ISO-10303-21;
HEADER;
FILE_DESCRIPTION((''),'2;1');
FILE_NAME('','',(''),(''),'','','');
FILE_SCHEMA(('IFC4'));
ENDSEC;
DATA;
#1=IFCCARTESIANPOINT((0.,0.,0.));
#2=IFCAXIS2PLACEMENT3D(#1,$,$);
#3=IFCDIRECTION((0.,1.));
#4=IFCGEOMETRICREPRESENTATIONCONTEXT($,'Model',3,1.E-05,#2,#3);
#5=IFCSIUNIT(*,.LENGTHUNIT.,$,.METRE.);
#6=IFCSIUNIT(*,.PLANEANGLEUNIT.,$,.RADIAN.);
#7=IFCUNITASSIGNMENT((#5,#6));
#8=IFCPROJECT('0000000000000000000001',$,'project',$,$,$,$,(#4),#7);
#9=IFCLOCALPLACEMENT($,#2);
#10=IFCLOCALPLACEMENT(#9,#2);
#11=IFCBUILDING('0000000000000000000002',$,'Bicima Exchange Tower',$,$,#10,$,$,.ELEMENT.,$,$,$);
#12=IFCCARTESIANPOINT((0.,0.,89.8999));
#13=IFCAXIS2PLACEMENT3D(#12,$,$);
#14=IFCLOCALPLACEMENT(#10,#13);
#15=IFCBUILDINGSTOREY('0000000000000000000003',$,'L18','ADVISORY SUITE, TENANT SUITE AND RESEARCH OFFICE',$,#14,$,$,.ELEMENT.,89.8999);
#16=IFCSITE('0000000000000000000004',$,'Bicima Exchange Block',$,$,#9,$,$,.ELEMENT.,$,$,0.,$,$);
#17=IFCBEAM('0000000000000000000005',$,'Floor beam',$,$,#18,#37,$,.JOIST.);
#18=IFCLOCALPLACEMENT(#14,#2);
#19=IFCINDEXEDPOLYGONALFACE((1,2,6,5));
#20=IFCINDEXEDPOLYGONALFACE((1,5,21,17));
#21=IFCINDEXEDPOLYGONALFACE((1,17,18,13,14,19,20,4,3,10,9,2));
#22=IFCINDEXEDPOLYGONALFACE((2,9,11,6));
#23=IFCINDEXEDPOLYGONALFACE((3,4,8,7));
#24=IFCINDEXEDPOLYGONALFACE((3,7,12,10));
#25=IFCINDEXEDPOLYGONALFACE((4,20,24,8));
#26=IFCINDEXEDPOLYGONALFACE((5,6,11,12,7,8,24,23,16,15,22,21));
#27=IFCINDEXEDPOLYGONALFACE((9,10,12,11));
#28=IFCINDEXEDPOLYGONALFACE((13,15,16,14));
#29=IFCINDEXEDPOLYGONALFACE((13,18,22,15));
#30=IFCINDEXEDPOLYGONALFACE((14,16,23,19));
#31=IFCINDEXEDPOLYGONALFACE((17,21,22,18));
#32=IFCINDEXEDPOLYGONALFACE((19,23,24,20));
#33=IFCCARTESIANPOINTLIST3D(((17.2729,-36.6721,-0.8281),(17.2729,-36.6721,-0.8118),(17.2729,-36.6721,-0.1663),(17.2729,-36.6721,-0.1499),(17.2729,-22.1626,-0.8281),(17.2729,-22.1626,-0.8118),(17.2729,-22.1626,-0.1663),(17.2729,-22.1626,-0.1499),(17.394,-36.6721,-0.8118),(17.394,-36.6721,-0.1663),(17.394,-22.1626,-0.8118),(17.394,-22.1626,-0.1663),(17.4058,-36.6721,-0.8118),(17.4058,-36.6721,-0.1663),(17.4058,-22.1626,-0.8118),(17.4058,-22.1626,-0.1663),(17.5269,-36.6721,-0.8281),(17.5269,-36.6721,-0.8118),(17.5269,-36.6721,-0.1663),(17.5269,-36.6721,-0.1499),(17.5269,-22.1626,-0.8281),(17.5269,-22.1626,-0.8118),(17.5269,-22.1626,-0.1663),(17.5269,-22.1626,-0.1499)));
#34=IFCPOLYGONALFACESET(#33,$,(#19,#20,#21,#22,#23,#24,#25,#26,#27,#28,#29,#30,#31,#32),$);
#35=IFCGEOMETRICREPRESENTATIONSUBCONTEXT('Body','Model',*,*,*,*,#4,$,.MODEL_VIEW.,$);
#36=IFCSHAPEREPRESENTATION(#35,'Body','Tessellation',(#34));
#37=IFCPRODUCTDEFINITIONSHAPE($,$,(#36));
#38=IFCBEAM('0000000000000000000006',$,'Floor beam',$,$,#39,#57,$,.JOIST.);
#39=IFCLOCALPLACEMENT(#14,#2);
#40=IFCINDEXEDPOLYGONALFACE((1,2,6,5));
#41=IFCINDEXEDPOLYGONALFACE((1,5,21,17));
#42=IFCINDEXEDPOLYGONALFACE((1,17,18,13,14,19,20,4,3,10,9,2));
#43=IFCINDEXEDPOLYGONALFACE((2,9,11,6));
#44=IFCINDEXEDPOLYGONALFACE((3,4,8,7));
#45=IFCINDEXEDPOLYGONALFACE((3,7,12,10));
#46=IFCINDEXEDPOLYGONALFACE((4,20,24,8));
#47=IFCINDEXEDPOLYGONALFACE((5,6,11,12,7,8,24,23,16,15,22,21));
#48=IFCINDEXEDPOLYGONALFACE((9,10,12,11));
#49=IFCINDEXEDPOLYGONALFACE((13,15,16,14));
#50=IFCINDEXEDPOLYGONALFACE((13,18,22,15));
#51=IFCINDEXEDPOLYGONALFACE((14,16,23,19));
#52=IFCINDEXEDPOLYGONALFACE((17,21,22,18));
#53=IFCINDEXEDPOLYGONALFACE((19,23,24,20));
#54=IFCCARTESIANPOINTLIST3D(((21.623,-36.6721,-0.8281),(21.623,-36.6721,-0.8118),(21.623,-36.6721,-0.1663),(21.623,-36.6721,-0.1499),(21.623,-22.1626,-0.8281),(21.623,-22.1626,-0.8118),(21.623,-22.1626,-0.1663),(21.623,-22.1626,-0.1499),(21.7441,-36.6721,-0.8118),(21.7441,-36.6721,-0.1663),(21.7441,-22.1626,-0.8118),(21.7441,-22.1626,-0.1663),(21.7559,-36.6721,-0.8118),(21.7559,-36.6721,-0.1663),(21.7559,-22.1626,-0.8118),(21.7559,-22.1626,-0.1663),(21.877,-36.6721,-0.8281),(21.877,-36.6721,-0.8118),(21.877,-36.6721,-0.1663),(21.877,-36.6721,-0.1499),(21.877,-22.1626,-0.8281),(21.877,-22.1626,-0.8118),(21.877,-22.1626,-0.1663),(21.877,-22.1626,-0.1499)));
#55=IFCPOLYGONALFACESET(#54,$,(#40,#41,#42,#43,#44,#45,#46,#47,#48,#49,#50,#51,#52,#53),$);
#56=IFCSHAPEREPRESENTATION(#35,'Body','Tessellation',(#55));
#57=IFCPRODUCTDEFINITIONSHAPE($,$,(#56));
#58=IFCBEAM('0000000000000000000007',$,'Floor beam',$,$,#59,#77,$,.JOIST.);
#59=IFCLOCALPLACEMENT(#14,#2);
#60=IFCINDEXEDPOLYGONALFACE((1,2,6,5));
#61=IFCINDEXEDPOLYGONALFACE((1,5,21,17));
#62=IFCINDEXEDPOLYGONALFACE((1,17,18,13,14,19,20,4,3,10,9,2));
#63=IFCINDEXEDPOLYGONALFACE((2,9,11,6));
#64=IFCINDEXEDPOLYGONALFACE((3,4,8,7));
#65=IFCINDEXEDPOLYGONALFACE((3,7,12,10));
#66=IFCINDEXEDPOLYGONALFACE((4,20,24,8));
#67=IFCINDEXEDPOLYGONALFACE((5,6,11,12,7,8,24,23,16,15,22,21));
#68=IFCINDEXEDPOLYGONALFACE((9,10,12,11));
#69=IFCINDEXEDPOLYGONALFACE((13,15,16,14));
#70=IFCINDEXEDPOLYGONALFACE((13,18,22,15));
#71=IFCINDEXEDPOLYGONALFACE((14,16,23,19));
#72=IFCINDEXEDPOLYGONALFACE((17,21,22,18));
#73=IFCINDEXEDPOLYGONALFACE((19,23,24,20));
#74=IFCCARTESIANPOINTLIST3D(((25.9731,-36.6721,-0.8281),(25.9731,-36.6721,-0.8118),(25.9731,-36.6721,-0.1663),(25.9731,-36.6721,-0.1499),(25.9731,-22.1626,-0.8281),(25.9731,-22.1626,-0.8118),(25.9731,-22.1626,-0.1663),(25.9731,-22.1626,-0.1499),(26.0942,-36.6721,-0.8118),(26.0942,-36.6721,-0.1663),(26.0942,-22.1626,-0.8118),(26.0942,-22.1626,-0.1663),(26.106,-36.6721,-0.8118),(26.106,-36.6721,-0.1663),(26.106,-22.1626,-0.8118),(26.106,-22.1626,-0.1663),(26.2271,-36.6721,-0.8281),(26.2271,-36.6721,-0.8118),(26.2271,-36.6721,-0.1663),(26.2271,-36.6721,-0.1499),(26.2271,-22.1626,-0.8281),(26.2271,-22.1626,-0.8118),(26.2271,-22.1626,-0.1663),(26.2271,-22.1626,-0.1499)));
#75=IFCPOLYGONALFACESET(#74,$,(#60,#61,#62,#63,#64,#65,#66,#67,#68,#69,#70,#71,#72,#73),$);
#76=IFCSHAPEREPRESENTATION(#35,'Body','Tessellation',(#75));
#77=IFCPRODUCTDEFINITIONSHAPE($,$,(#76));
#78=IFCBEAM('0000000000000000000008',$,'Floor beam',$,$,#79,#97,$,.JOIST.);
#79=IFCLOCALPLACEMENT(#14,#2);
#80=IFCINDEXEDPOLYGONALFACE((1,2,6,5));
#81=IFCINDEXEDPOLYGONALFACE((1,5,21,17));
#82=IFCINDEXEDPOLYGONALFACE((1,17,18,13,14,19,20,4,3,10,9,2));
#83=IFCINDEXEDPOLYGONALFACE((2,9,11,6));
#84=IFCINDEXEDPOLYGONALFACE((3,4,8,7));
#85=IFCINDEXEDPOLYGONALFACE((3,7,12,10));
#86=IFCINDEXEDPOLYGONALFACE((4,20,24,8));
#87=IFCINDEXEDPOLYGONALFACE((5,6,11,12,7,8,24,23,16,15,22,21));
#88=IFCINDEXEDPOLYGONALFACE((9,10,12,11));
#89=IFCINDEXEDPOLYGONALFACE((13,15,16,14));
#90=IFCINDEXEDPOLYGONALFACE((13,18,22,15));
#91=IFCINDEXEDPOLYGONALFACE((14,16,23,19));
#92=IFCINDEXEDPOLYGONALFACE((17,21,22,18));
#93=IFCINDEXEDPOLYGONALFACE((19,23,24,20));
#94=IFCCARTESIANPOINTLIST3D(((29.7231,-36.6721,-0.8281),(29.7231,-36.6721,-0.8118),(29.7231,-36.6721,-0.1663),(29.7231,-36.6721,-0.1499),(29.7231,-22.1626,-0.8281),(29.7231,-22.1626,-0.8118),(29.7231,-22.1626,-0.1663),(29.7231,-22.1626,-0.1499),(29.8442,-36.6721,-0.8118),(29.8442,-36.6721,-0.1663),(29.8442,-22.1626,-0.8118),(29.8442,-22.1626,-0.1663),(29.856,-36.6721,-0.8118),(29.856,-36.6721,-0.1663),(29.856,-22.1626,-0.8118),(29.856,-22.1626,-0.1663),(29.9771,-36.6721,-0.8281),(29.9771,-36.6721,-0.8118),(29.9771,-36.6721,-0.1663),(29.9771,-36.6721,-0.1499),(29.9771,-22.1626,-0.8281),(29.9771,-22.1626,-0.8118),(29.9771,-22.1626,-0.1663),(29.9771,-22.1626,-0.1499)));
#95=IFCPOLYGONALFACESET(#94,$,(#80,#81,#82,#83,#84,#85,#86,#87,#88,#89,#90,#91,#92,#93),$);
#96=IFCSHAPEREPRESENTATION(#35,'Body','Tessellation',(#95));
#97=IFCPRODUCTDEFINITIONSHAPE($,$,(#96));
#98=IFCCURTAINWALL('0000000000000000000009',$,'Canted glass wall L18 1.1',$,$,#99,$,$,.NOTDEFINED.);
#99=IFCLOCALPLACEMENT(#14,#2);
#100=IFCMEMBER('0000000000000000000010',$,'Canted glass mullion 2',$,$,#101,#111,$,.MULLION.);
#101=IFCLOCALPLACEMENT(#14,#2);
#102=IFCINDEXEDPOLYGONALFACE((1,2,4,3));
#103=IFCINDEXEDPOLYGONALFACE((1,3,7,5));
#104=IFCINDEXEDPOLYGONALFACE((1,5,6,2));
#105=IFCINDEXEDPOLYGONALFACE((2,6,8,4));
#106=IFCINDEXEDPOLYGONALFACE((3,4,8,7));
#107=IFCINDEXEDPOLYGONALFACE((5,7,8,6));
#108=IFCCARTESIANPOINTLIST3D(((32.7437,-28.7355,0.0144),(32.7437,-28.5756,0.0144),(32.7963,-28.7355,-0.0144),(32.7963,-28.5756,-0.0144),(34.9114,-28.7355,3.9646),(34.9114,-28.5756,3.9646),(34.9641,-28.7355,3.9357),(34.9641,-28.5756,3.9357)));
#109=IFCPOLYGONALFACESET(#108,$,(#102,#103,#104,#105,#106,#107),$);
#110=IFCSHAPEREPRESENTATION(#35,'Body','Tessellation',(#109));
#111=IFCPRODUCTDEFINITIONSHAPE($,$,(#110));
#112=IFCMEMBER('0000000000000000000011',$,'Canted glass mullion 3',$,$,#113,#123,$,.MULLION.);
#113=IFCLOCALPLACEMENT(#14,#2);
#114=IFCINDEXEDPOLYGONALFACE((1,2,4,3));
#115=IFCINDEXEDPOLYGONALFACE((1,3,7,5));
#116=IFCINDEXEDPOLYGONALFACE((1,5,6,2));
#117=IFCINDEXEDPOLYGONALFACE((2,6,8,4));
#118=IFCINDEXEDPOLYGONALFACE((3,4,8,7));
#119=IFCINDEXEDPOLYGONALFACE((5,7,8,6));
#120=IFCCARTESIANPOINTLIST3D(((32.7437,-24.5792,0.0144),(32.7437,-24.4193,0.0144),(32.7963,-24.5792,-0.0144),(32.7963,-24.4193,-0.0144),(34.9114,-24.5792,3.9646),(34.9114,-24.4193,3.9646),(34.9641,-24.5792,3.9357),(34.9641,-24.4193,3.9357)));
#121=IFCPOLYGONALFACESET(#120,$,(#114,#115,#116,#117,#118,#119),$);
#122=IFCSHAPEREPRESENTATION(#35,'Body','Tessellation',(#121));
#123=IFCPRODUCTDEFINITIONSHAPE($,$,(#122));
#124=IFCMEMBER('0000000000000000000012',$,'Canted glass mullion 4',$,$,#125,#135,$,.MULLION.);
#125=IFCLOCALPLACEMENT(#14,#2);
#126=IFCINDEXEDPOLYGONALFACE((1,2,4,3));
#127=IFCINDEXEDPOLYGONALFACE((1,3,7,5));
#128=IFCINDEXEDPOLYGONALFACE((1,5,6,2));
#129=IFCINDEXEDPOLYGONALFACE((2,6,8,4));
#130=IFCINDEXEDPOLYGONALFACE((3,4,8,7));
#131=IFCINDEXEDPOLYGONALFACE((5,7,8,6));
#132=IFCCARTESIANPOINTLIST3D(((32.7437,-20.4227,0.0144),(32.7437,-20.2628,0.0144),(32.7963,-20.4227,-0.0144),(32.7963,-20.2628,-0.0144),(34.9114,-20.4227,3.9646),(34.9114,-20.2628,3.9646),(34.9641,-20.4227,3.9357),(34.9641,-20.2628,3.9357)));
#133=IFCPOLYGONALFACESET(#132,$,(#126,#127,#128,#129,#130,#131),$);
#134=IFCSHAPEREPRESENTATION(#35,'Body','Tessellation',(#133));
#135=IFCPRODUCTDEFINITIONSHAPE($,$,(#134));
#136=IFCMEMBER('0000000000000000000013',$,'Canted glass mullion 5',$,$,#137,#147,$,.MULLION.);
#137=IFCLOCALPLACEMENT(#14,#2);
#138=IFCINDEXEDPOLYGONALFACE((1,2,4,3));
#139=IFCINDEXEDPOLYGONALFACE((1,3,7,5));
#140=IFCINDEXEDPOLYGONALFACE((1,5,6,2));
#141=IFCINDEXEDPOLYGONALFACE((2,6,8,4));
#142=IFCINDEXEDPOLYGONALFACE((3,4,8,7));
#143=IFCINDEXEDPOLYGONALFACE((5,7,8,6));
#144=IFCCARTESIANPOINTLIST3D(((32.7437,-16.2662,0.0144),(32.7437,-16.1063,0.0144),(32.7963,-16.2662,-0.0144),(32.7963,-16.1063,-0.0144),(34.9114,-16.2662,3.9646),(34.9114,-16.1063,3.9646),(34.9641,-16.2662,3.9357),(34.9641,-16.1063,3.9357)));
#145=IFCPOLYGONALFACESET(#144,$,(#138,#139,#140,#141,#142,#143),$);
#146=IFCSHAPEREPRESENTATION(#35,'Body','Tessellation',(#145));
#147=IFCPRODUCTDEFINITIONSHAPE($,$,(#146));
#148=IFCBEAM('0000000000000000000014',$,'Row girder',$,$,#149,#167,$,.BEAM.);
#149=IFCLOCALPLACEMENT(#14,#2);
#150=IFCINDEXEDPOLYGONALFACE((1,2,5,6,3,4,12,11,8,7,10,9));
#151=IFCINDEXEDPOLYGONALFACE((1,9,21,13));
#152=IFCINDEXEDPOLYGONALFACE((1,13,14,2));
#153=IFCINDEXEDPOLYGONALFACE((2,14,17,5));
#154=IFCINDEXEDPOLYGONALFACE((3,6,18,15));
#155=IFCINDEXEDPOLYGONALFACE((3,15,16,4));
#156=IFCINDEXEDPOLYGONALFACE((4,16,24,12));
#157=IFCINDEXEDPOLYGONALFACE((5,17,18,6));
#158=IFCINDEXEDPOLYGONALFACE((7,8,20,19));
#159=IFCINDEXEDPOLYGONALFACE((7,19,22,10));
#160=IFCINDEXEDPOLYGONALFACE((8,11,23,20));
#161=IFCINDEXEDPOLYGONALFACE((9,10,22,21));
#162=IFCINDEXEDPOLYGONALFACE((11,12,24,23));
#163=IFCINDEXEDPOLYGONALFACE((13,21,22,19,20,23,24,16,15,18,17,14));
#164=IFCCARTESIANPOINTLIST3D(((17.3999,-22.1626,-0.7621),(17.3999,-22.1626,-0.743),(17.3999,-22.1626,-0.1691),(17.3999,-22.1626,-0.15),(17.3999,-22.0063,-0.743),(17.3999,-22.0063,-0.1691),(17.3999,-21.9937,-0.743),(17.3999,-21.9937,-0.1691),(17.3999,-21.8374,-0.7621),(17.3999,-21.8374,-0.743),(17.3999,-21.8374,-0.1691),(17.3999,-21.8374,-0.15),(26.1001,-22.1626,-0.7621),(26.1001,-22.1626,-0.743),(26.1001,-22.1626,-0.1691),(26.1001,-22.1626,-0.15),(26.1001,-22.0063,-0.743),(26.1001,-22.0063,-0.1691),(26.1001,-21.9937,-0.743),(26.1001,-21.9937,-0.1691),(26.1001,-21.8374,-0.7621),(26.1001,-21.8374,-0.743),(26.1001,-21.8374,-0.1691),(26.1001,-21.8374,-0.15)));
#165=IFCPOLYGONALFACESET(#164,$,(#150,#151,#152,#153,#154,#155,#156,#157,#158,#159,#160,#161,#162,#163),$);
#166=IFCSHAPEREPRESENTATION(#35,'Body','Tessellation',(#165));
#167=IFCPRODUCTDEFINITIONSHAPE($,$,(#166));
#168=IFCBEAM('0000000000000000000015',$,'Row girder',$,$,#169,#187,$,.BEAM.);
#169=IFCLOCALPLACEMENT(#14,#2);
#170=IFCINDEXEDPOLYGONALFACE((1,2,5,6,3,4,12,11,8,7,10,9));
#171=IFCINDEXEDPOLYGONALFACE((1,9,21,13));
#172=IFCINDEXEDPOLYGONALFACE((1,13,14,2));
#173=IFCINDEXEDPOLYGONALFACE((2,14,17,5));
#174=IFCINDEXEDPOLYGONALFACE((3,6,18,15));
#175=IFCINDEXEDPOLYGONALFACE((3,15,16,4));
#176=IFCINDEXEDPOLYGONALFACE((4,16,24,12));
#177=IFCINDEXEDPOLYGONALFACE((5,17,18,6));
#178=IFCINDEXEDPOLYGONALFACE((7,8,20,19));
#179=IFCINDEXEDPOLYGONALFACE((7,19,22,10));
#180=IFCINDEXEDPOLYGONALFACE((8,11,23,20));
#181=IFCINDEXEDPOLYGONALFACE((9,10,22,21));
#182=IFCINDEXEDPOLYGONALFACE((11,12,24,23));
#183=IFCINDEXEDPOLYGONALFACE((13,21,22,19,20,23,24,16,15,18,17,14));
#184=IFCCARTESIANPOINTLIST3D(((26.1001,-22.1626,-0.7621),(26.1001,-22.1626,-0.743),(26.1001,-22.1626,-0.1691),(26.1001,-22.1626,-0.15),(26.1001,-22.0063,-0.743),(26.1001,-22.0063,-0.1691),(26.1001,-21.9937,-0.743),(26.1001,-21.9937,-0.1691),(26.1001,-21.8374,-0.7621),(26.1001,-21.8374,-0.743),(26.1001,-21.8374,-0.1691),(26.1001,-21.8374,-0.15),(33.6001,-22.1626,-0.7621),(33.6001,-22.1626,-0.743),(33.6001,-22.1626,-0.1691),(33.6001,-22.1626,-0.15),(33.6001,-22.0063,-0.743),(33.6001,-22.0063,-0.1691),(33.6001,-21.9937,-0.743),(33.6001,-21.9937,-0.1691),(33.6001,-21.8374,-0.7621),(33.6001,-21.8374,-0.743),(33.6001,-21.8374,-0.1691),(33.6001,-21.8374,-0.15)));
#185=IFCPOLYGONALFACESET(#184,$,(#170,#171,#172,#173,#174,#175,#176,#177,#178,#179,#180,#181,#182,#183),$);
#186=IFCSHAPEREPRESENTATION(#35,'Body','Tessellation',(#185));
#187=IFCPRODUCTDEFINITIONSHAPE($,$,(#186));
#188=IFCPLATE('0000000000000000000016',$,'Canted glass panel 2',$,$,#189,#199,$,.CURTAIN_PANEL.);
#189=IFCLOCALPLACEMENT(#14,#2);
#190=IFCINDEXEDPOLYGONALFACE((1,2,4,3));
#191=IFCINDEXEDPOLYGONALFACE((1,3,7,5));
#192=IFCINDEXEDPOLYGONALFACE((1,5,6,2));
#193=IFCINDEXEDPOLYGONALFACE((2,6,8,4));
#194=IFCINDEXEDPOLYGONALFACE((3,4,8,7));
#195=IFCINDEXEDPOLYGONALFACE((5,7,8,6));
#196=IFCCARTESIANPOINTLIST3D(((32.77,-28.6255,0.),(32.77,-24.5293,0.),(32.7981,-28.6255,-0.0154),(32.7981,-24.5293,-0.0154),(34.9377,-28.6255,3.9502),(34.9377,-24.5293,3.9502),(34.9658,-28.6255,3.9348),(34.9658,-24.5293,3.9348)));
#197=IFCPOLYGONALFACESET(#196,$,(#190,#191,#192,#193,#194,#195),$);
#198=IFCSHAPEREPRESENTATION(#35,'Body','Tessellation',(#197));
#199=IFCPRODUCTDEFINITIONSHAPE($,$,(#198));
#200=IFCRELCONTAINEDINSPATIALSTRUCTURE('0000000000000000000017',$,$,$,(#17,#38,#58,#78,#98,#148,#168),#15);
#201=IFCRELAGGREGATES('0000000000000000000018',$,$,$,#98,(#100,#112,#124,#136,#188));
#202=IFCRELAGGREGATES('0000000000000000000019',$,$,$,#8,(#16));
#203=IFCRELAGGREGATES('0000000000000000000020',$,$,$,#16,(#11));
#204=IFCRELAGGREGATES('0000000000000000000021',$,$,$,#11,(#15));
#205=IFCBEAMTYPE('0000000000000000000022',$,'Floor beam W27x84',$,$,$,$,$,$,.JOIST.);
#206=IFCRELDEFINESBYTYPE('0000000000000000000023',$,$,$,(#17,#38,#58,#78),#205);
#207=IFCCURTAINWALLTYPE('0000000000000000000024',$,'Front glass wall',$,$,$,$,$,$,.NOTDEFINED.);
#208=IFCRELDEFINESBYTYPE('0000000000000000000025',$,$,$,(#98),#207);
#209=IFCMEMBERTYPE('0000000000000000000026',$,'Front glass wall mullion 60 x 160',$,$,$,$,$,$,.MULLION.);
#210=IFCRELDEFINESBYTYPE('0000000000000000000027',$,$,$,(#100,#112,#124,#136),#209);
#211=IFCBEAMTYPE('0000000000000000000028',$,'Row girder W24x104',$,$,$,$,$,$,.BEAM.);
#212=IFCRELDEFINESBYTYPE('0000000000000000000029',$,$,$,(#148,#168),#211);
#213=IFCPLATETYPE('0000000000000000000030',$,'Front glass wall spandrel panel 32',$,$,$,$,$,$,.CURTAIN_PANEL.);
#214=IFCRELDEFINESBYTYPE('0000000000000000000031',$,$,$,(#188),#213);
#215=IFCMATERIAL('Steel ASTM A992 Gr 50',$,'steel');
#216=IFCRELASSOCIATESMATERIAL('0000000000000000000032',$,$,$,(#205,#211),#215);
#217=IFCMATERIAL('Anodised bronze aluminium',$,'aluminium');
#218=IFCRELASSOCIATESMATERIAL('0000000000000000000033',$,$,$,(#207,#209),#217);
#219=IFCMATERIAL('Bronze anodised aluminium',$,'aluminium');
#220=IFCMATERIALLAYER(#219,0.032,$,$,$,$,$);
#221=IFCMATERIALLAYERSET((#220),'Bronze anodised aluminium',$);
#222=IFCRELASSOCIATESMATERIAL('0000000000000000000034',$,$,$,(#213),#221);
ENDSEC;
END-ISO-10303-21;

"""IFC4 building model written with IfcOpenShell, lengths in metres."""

from ifc_helpers import new_model, si_unit, direction, frame, origin, origin_2d, place, context, subcontext, project, spatial, polyline, rectangle, i_section, outline, extrude, material, layer, layer_set, material_profile, profile_set, type_object, element, aggregate, save


model = new_model("IFC4")

# Units and contexts
model_context = context("Model", 3, precision=1e-05, world=origin(), true_north=direction((0.0, 1.0)))
body_context = subcontext(model_context, "Body", "Model", "MODEL_VIEW")
ifc_project = project(units=[si_unit("LENGTHUNIT", "METRE"), si_unit("PLANEANGLEUNIT", "RADIAN")], contexts=[model_context])

# Site, building, storey
site_placement = place(None, origin())
site = spatial("IfcSite", under=ifc_project, at=site_placement, Name="Bicima Exchange Block", CompositionType="ELEMENT", RefElevation=0.0)
building_placement = place(site_placement, origin())
building = spatial("IfcBuilding", under=site, at=building_placement, Name="Bicima Exchange Tower", CompositionType="ELEMENT")
storey_placement = place(building_placement, frame((0.0, 0.0, 89.8999)))
storey = spatial("IfcBuildingStorey", under=building, at=storey_placement, Name="L18", Description="ADVISORY SUITE, TENANT SUITE AND RESEARCH OFFICE", CompositionType="ELEMENT", Elevation=89.8999)

# Shared definitions
ifc_material_1 = material(Name="Steel ASTM A992 Gr 50", Category="steel")

# Beams
ifc_material_profile_1 = material_profile(ifc_material_1, i_section(OverallWidth=0.2539, OverallDepth=0.6782, WebThickness=0.0117, FlangeThickness=0.0164, at=origin_2d()))
ifc_profile_set_1 = profile_set([ifc_material_profile_1], Name="Steel ASTM A992 Gr 50")
beam_type_1 = type_object("IfcBeamType", Name="Floor beam W27x84", PredefinedType="JOIST", material=ifc_profile_set_1)
for number, where, z_axis, x_axis, name in (
    (1, (17.3999, -22.1626, -0.489), (0.0, -1.0, 0.0), (1.0, 0.0, 0.0), "Floor beam"),
    (2, (21.75, -22.1626, -0.489), (0.0, -1.0, 0.0), (1.0, 0.0, 0.0), "Floor beam"),
    (3, (26.1001, -22.1626, -0.489), (0.0, -1.0, 0.0), (1.0, 0.0, 0.0), "Floor beam"),
    (4, (29.8501, -22.1626, -0.489), (0.0, -1.0, 0.0), (1.0, 0.0, 0.0), "Floor beam"),
):
    element("IfcBeam", number, at=place(storey_placement, frame(where, z_axis=z_axis, x_axis=x_axis)), inside=storey, type_object=beam_type_1, Name=name, PredefinedType="JOIST", context=body_context, shape_type="SweptSolid", body=[
        extrude(i_section(OverallWidth=0.2539, OverallDepth=0.6782, WebThickness=0.0117, FlangeThickness=0.0164, at=origin_2d()), origin(), (0.0, 0.0, 1.0), 14.5095),
    ])

# Curtain wall, members
ifc_material_2 = material(Name="Anodised bronze aluminium", Category="aluminium")
curtain_wall_type = type_object("IfcCurtainWallType", Name="Front glass wall", PredefinedType="NOTDEFINED", material=ifc_material_2)
curtain_wall_placement = place(storey_placement, origin())
curtain_wall = element("IfcCurtainWall", 5, at=curtain_wall_placement, inside=storey, type_object=curtain_wall_type, Name="Canted glass wall L18 1.1", PredefinedType="NOTDEFINED")
ifc_material_profile_2 = material_profile(ifc_material_2, rectangle(XDim=0.1599, YDim=0.0601, at=origin_2d()))
ifc_profile_set_2 = profile_set([ifc_material_profile_2], Name="Anodised bronze aluminium")
member_type = type_object("IfcMemberType", Name="Front glass wall mullion 60 x 160", PredefinedType="MULLION", material=ifc_profile_set_2)
member_1_placement = place(storey_placement, frame((32.77, -28.6555, 0.0), z_axis=(0.481087, 0.0, 0.876673), x_axis=(0.0, -1.0, 0.0)))
member_1 = element("IfcMember", 6, at=member_1_placement, type_object=member_type, Name="Canted glass mullion 2", PredefinedType="MULLION", context=body_context, shape_type="SweptSolid", body=[
    extrude(rectangle(XDim=0.1599, YDim=0.0601, at=origin_2d()), origin(), (0.0, 0.0, 1.0), 4.5059),
])
member_2_placement = place(storey_placement, frame((32.77, -24.4993, 0.0), z_axis=(0.481087, 0.0, 0.876673), x_axis=(0.0, -1.0, 0.0)))
member_2 = element("IfcMember", 7, at=member_2_placement, type_object=member_type, Name="Canted glass mullion 3", PredefinedType="MULLION", context=body_context, shape_type="SweptSolid", body=[
    extrude(rectangle(XDim=0.1599, YDim=0.0601, at=origin_2d()), origin(), (0.0, 0.0, 1.0), 4.5059),
])
member_3_placement = place(storey_placement, frame((32.77, -20.3428, 0.0), z_axis=(0.481087, 0.0, 0.876673), x_axis=(0.0, -1.0, 0.0)))
member_3 = element("IfcMember", 8, at=member_3_placement, type_object=member_type, Name="Canted glass mullion 4", PredefinedType="MULLION", context=body_context, shape_type="SweptSolid", body=[
    extrude(rectangle(XDim=0.1599, YDim=0.0601, at=origin_2d()), origin(), (0.0, 0.0, 1.0), 4.5059),
])
member_4_placement = place(storey_placement, frame((32.77, -16.1863, 0.0), z_axis=(0.481087, 0.0, 0.876673), x_axis=(0.0, -1.0, 0.0)))
member_4 = element("IfcMember", 9, at=member_4_placement, type_object=member_type, Name="Canted glass mullion 5", PredefinedType="MULLION", context=body_context, shape_type="SweptSolid", body=[
    extrude(rectangle(XDim=0.1599, YDim=0.0601, at=origin_2d()), origin(), (0.0, 0.0, 1.0), 4.5059),
])

# Beams
ifc_material_profile_3 = material_profile(ifc_material_1, i_section(OverallWidth=0.3252, OverallDepth=0.6121, WebThickness=0.0127, FlangeThickness=0.019, at=origin_2d()))
ifc_profile_set_3 = profile_set([ifc_material_profile_3], Name="Steel ASTM A992 Gr 50")
beam_type_2 = type_object("IfcBeamType", Name="Row girder W24x104", PredefinedType="BEAM", material=ifc_profile_set_3)
beam_1_placement = place(storey_placement, frame((17.3999, -22.0, -0.4561), z_axis=(1.0, 0.0, 0.0), x_axis=(0.0, 1.0, 0.0)))
element("IfcBeam", 10, at=beam_1_placement, inside=storey, type_object=beam_type_2, Name="Row girder", PredefinedType="BEAM", context=body_context, shape_type="SweptSolid", body=[
    extrude(i_section(OverallWidth=0.3252, OverallDepth=0.6121, WebThickness=0.0127, FlangeThickness=0.019, at=origin_2d()), origin(), (0.0, 0.0, 1.0), 8.7002),
])
beam_2_placement = place(storey_placement, frame((26.1001, -22.0, -0.4561), z_axis=(1.0, 0.0, 0.0), x_axis=(0.0, 1.0, 0.0)))
element("IfcBeam", 11, at=beam_2_placement, inside=storey, type_object=beam_type_2, Name="Row girder", PredefinedType="BEAM", context=body_context, shape_type="SweptSolid", body=[
    extrude(i_section(OverallWidth=0.3252, OverallDepth=0.6121, WebThickness=0.0127, FlangeThickness=0.019, at=origin_2d()), origin(), (0.0, 0.0, 1.0), 7.5),
])

# Plate
ifc_material_3 = material(Name="Bronze anodised aluminium", Category="aluminium")
ifc_layer_1 = layer(ifc_material_3, 0.032)
ifc_layer_set_1 = layer_set([ifc_layer_1], Name="Bronze anodised aluminium")
plate_type = type_object("IfcPlateType", Name="Front glass wall spandrel panel 32", PredefinedType="CURTAIN_PANEL", material=ifc_layer_set_1)
plate_1_placement = place(storey_placement, frame((32.77, -28.6255, 0.0), z_axis=(-0.876673, 0.0, 0.481087), x_axis=(0.0, 1.0, 0.0)))
plate_1 = element("IfcPlate", 12, at=plate_1_placement, type_object=plate_type, Name="Canted glass panel 2", PredefinedType="CURTAIN_PANEL", context=body_context, shape_type="SweptSolid", body=[
    extrude(outline(polyline([(0.0, 0.0), (4.0962, 0.0), (4.0962, -4.5059), (0.0, -4.5059), (0.0, 0.0)])), origin(), (0.0, 0.0, -1.0), 0.032),
])
aggregate(curtain_wall, [member_1, member_2, member_3, member_4, plate_1])

save(model, "model.ifc")
